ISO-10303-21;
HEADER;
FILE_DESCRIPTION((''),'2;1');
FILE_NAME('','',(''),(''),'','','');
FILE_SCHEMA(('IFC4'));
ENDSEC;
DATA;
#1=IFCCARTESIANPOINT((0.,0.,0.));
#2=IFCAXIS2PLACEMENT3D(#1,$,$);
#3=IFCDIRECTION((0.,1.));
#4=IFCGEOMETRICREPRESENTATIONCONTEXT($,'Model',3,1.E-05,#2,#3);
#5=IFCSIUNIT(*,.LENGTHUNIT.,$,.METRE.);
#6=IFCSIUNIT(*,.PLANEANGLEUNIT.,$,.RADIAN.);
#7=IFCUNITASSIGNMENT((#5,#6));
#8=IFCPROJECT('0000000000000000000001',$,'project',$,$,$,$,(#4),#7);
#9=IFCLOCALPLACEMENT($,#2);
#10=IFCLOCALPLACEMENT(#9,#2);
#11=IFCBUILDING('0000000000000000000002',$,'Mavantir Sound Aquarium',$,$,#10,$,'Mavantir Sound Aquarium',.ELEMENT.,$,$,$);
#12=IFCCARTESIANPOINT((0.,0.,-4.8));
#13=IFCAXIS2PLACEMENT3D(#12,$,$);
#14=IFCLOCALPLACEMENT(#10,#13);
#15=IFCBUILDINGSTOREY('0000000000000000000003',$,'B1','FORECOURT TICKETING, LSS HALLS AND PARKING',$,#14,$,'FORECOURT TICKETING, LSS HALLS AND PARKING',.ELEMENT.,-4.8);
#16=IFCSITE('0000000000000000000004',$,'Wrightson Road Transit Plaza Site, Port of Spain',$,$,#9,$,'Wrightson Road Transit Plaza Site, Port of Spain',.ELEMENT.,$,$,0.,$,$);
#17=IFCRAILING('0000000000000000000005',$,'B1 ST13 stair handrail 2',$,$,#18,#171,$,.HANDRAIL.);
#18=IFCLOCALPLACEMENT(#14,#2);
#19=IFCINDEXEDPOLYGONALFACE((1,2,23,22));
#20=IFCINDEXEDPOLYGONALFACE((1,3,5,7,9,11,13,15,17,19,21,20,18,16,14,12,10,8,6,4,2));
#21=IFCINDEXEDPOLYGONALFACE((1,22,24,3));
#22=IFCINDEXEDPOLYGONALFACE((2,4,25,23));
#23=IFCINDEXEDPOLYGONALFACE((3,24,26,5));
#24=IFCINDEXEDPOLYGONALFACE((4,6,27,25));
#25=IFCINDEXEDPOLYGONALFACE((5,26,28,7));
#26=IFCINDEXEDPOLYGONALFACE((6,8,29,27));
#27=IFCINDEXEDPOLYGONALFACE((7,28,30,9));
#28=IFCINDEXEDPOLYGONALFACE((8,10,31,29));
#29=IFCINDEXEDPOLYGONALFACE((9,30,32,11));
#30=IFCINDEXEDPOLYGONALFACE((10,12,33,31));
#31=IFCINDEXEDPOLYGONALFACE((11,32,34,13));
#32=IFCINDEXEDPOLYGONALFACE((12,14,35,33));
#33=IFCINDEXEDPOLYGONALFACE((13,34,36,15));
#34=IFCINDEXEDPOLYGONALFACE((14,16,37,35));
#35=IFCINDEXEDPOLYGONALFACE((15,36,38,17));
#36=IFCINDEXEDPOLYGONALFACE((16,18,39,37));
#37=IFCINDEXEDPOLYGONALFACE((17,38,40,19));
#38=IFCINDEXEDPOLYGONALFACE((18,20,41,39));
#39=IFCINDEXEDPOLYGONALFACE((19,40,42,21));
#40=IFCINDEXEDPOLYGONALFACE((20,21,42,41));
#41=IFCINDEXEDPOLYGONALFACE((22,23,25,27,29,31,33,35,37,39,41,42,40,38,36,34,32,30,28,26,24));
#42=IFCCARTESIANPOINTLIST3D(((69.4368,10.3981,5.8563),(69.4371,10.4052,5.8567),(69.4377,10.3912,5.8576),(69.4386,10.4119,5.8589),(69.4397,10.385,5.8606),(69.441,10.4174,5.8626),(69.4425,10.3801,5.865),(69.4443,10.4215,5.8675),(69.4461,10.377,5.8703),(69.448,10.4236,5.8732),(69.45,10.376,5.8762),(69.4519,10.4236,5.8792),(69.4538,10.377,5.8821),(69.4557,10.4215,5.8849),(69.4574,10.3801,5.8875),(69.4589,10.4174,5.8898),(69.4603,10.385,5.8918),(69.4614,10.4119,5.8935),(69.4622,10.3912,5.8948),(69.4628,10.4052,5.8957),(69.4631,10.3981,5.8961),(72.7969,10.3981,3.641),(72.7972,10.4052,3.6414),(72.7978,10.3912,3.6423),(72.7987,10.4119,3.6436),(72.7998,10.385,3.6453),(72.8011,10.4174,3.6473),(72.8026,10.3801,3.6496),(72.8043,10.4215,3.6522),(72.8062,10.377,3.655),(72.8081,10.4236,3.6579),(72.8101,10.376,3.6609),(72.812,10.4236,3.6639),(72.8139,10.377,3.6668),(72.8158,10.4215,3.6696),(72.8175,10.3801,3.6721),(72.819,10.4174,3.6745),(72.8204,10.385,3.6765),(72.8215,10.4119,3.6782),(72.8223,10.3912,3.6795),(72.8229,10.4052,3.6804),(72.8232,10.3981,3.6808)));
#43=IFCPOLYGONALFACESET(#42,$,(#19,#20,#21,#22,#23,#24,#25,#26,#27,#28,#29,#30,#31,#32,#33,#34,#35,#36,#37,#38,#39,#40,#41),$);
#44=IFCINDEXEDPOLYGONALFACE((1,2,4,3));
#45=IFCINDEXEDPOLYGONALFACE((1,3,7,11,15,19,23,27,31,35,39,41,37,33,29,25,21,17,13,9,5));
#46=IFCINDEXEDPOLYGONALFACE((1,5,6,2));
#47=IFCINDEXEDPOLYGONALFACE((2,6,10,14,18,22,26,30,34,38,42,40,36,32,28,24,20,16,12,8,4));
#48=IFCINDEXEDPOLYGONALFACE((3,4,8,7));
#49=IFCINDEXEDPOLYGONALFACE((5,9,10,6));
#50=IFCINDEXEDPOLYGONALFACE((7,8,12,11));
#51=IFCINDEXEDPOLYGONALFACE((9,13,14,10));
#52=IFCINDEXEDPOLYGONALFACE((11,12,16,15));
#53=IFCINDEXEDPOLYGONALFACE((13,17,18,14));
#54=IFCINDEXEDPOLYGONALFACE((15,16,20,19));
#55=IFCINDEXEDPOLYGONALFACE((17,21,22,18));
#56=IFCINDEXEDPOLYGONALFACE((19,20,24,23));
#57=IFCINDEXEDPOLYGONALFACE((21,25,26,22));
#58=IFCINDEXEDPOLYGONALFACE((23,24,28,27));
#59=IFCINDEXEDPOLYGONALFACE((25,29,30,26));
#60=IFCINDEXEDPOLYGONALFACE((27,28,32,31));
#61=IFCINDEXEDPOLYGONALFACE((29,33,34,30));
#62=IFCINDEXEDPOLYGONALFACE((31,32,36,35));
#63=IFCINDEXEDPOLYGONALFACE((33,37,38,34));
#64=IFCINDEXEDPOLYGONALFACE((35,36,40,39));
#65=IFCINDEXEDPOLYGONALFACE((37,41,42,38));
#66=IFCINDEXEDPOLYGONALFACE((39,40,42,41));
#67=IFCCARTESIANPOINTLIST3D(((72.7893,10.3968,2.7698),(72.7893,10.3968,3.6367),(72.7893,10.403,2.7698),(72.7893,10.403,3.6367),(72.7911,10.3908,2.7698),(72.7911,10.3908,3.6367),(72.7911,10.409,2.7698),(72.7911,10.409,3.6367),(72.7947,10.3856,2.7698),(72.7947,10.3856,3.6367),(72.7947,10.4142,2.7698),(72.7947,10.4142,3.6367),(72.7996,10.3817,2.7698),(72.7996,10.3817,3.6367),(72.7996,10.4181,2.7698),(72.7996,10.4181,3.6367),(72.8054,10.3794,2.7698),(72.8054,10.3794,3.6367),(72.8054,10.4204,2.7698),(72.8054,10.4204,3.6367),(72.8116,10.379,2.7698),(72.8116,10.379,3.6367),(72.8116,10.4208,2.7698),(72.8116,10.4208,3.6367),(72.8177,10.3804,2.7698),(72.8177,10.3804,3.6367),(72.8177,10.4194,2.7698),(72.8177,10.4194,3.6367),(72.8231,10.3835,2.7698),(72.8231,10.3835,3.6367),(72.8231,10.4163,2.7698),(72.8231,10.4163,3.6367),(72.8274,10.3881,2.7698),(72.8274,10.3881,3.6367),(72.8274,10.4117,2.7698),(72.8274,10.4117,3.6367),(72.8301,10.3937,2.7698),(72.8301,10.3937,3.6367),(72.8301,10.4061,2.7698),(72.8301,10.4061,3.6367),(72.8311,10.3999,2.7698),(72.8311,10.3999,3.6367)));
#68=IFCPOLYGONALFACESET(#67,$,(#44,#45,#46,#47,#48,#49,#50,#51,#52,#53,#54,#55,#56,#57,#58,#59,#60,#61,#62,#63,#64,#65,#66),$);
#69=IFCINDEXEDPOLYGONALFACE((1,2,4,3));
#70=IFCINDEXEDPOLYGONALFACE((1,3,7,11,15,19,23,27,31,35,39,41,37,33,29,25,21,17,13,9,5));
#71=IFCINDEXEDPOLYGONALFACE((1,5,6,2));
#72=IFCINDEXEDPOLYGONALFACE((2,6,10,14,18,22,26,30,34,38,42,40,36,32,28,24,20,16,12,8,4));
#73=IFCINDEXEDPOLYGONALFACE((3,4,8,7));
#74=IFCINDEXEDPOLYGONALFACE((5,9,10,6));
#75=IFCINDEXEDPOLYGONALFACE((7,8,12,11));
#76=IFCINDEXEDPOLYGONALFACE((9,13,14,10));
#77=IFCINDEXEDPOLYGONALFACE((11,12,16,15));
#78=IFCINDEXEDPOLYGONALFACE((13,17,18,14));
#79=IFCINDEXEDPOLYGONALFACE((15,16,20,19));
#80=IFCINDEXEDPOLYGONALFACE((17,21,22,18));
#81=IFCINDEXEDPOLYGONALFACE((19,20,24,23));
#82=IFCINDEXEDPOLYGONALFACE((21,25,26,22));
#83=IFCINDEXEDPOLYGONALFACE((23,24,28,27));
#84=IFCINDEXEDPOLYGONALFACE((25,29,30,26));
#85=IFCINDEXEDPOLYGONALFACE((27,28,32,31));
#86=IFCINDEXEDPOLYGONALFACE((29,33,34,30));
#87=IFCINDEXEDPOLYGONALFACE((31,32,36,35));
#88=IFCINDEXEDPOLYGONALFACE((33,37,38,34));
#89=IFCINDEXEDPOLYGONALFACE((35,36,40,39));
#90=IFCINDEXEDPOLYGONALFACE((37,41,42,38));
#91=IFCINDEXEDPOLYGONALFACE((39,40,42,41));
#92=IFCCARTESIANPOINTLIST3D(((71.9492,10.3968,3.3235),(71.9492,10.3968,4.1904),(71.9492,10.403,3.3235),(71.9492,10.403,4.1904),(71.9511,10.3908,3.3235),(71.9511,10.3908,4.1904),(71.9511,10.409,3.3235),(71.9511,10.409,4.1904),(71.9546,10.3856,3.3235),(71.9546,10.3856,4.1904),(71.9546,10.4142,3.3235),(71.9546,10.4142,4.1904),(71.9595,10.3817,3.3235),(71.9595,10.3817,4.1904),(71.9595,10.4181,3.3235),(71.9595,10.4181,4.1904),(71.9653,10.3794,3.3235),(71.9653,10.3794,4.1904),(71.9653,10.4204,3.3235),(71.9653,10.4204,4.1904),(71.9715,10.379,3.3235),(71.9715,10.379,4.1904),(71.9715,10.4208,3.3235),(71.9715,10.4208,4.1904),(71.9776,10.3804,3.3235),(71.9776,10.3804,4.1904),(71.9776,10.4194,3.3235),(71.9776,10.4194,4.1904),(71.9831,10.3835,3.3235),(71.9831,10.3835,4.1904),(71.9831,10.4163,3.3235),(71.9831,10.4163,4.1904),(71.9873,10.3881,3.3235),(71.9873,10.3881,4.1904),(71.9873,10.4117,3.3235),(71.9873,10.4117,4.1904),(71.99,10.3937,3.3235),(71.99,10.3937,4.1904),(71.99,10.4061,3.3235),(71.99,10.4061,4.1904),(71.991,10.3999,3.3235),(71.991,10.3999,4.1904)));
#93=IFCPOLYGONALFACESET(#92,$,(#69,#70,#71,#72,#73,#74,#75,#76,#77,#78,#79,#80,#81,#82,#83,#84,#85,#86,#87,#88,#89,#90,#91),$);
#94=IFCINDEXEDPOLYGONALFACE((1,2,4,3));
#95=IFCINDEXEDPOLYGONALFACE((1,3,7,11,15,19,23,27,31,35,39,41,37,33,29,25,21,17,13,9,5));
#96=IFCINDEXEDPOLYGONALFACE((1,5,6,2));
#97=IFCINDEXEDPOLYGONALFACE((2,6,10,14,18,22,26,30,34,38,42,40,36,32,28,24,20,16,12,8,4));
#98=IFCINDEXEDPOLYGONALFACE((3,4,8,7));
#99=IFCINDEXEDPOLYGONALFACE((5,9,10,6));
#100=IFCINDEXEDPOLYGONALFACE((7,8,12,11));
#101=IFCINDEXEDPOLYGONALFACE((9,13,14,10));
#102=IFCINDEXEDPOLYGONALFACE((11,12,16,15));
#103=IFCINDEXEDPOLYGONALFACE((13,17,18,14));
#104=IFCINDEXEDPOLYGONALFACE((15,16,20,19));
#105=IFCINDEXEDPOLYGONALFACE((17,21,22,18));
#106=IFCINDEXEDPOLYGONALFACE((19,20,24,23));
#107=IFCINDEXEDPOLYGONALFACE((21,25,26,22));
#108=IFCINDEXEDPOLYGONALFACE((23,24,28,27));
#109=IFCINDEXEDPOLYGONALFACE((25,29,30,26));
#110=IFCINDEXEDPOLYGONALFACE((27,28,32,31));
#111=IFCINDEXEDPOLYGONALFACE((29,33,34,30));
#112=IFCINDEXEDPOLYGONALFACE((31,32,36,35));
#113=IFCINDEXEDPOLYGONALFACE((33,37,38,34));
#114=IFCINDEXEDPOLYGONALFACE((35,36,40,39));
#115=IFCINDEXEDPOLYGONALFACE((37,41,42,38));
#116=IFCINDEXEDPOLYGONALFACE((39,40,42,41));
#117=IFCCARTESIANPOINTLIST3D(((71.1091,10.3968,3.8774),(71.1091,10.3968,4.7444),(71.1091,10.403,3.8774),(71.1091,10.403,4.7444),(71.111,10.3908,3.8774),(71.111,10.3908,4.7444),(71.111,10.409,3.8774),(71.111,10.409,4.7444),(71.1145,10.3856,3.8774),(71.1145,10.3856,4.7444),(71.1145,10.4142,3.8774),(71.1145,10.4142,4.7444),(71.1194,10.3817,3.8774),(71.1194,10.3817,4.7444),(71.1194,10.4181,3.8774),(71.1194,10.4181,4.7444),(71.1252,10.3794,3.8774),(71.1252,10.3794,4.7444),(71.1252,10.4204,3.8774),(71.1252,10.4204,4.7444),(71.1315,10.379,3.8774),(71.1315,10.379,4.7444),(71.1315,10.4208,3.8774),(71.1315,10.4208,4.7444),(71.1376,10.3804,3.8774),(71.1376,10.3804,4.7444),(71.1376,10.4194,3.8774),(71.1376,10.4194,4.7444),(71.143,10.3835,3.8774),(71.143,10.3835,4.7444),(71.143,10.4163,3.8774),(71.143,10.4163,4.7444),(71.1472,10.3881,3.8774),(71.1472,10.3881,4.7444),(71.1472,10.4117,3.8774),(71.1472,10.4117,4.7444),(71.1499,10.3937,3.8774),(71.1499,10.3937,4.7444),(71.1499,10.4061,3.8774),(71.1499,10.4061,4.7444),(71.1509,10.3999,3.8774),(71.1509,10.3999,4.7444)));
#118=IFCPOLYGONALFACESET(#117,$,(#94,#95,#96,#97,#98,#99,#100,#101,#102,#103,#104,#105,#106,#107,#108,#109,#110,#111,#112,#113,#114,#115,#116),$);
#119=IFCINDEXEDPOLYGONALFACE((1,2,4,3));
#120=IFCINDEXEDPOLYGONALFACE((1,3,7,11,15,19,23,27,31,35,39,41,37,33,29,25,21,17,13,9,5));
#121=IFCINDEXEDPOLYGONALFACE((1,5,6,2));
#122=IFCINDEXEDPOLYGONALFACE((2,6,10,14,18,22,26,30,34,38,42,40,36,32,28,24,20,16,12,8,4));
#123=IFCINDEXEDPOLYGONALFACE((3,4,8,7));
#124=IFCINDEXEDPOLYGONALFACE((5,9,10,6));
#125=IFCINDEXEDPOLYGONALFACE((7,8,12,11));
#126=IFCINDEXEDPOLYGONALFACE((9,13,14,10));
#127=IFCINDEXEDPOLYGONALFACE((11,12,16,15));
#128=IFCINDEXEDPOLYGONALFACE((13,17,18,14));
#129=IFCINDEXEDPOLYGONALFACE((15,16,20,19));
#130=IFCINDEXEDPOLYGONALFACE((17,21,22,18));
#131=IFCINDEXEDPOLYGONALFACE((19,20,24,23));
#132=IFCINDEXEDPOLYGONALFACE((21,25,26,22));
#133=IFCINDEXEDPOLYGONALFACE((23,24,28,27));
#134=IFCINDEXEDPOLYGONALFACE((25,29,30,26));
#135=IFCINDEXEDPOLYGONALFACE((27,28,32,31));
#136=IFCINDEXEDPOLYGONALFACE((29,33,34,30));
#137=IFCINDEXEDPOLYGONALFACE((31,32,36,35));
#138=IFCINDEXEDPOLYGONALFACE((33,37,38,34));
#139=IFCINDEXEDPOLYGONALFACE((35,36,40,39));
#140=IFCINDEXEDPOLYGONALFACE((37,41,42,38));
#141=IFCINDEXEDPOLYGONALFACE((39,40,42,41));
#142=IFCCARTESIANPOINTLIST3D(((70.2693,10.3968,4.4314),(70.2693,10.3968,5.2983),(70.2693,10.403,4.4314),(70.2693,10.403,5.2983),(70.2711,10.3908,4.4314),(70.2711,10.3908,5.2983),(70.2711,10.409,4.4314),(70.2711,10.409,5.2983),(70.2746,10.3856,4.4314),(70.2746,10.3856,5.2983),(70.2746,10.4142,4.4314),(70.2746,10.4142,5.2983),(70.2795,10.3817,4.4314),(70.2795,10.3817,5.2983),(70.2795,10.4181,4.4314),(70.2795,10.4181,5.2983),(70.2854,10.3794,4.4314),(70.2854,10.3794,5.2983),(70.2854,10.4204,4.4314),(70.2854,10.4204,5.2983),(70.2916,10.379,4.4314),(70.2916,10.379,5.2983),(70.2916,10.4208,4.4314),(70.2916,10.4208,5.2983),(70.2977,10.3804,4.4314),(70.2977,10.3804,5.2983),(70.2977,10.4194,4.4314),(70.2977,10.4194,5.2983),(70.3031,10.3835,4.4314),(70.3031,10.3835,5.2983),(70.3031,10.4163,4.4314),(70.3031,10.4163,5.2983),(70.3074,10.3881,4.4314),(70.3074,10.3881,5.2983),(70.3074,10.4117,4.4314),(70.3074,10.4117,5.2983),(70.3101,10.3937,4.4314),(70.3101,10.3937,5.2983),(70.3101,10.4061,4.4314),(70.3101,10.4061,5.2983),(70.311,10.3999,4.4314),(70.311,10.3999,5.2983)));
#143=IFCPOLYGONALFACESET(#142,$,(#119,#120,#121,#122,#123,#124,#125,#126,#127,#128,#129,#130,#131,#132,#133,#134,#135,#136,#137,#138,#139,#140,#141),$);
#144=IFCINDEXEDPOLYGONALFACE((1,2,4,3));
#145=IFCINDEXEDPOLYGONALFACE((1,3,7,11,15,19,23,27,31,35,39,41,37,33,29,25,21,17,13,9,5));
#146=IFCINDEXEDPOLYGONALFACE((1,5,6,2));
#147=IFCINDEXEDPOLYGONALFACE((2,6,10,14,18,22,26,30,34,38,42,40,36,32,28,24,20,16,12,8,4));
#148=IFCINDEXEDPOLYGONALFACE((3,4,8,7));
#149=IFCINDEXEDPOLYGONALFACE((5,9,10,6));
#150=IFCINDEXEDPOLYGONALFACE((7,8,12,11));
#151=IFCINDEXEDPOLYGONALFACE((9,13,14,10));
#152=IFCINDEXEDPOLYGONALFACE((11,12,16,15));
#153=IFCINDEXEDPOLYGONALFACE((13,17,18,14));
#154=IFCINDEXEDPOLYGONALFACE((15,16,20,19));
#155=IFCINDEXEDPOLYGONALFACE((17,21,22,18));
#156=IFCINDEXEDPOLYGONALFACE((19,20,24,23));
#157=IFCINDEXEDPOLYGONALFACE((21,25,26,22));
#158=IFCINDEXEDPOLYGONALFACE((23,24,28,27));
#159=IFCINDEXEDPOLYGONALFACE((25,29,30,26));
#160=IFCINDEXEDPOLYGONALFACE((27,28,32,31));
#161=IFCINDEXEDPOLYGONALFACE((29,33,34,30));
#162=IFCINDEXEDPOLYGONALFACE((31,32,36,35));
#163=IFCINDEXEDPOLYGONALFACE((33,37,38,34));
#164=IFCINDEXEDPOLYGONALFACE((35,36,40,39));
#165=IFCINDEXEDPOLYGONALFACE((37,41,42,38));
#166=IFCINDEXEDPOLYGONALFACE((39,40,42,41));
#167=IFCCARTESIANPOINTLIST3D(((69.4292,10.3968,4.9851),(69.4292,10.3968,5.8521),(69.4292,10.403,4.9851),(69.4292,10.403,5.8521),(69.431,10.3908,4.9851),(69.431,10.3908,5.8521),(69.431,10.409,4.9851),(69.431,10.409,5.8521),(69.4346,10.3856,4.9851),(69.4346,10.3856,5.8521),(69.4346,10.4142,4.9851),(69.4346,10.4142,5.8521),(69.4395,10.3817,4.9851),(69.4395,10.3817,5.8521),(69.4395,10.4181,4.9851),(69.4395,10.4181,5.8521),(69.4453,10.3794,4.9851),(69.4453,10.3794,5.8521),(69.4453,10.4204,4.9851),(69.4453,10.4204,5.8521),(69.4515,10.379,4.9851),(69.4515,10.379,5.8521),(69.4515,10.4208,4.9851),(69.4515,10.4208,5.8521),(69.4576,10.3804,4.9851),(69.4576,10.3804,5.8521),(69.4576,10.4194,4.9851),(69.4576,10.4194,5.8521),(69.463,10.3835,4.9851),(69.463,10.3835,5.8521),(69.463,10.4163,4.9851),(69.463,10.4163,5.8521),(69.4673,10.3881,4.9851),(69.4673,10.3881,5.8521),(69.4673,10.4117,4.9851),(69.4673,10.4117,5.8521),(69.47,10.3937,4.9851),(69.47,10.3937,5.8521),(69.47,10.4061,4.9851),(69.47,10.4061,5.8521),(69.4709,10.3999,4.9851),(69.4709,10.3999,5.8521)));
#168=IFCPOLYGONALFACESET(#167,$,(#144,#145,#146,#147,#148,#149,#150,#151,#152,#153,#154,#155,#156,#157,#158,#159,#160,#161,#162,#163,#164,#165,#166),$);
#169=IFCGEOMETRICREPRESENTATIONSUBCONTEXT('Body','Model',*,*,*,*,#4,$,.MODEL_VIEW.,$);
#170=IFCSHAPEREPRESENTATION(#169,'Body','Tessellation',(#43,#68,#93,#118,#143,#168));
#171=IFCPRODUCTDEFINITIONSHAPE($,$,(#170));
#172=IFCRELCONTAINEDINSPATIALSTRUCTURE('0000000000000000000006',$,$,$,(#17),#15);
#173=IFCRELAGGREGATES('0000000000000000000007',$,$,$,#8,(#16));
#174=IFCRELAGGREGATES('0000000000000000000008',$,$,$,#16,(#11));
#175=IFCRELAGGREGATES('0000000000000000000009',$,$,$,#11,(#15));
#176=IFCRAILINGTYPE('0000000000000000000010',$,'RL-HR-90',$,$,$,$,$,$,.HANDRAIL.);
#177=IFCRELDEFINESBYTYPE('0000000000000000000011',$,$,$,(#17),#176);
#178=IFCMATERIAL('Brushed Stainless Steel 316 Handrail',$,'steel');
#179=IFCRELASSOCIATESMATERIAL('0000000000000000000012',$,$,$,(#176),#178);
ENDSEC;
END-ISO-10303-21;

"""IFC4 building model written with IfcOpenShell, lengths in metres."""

from ifc_helpers import new_model, si_unit, direction, frame, origin, origin_2d, place, context, subcontext, project, spatial, circle, extrude, material, type_object, element, save


model = new_model("IFC4")

# Units and contexts
model_context = context("Model", 3, precision=1e-05, world=origin(), true_north=direction((0.0, 1.0)))
body_context = subcontext(model_context, "Body", "Model", "MODEL_VIEW")
ifc_project = project(units=[si_unit("LENGTHUNIT", "METRE"), si_unit("PLANEANGLEUNIT", "RADIAN")], contexts=[model_context])

# Site, building, storey
site_placement = place(None, origin())
site = spatial("IfcSite", under=ifc_project, at=site_placement, Name="Wrightson Road Transit Plaza Site, Port of Spain", LongName="Wrightson Road Transit Plaza Site, Port of Spain", CompositionType="ELEMENT", RefElevation=0.0)
building_placement = place(site_placement, origin())
building = spatial("IfcBuilding", under=site, at=building_placement, Name="Mavantir Sound Aquarium", LongName="Mavantir Sound Aquarium", CompositionType="ELEMENT")
storey_placement = place(building_placement, frame((0.0, 0.0, -4.8)))
storey = spatial("IfcBuildingStorey", under=building, at=storey_placement, Name="B1", Description="FORECOURT TICKETING, LSS HALLS AND PARKING", LongName="FORECOURT TICKETING, LSS HALLS AND PARKING", CompositionType="ELEMENT", Elevation=-4.8)

# Railing
ifc_material_1 = material(Name="Brushed Stainless Steel 316 Handrail", Category="steel")
railing_type_1 = type_object("IfcRailingType", Name="RL-HR-90", PredefinedType="HANDRAIL", material=ifc_material_1)
railing_1_placement = place(storey_placement, frame((72.8101, 10.3999, 2.7698)))
element("IfcRailing", 1, at=railing_1_placement, inside=storey, type_object=railing_type_1, Name="B1 ST13 stair handrail 2", PredefinedType="HANDRAIL", context=body_context, shape_type="SweptSolid", body=[
    extrude(circle(Radius=0.0239, at=origin_2d()), frame((0.0, 0.0, 0.8911), z_axis=(-0.834876, 0.0, 0.550437), x_axis=(0.0, -1.0, 0.0)), (0.0, 0.0, 1.0), 4.0247),
    extrude(circle(Radius=0.021, at=origin_2d()), origin(), (0.0, 0.0, 1.0), 0.8669),
    extrude(circle(Radius=0.021, at=origin_2d()), frame((-0.8401, 0.0, 0.5537)), (0.0, 0.0, 1.0), 0.8669),
    extrude(circle(Radius=0.021, at=origin_2d()), frame((-1.6802, 0.0, 1.1077)), (0.0, 0.0, 1.0), 0.8669),
    extrude(circle(Radius=0.021, at=origin_2d()), frame((-2.52, 0.0, 1.6616)), (0.0, 0.0, 1.0), 0.8669),
    extrude(circle(Radius=0.021, at=origin_2d()), frame((-3.3601, 0.0, 2.2153)), (0.0, 0.0, 1.0), 0.8669),
])

save(model, "model.ifc")
